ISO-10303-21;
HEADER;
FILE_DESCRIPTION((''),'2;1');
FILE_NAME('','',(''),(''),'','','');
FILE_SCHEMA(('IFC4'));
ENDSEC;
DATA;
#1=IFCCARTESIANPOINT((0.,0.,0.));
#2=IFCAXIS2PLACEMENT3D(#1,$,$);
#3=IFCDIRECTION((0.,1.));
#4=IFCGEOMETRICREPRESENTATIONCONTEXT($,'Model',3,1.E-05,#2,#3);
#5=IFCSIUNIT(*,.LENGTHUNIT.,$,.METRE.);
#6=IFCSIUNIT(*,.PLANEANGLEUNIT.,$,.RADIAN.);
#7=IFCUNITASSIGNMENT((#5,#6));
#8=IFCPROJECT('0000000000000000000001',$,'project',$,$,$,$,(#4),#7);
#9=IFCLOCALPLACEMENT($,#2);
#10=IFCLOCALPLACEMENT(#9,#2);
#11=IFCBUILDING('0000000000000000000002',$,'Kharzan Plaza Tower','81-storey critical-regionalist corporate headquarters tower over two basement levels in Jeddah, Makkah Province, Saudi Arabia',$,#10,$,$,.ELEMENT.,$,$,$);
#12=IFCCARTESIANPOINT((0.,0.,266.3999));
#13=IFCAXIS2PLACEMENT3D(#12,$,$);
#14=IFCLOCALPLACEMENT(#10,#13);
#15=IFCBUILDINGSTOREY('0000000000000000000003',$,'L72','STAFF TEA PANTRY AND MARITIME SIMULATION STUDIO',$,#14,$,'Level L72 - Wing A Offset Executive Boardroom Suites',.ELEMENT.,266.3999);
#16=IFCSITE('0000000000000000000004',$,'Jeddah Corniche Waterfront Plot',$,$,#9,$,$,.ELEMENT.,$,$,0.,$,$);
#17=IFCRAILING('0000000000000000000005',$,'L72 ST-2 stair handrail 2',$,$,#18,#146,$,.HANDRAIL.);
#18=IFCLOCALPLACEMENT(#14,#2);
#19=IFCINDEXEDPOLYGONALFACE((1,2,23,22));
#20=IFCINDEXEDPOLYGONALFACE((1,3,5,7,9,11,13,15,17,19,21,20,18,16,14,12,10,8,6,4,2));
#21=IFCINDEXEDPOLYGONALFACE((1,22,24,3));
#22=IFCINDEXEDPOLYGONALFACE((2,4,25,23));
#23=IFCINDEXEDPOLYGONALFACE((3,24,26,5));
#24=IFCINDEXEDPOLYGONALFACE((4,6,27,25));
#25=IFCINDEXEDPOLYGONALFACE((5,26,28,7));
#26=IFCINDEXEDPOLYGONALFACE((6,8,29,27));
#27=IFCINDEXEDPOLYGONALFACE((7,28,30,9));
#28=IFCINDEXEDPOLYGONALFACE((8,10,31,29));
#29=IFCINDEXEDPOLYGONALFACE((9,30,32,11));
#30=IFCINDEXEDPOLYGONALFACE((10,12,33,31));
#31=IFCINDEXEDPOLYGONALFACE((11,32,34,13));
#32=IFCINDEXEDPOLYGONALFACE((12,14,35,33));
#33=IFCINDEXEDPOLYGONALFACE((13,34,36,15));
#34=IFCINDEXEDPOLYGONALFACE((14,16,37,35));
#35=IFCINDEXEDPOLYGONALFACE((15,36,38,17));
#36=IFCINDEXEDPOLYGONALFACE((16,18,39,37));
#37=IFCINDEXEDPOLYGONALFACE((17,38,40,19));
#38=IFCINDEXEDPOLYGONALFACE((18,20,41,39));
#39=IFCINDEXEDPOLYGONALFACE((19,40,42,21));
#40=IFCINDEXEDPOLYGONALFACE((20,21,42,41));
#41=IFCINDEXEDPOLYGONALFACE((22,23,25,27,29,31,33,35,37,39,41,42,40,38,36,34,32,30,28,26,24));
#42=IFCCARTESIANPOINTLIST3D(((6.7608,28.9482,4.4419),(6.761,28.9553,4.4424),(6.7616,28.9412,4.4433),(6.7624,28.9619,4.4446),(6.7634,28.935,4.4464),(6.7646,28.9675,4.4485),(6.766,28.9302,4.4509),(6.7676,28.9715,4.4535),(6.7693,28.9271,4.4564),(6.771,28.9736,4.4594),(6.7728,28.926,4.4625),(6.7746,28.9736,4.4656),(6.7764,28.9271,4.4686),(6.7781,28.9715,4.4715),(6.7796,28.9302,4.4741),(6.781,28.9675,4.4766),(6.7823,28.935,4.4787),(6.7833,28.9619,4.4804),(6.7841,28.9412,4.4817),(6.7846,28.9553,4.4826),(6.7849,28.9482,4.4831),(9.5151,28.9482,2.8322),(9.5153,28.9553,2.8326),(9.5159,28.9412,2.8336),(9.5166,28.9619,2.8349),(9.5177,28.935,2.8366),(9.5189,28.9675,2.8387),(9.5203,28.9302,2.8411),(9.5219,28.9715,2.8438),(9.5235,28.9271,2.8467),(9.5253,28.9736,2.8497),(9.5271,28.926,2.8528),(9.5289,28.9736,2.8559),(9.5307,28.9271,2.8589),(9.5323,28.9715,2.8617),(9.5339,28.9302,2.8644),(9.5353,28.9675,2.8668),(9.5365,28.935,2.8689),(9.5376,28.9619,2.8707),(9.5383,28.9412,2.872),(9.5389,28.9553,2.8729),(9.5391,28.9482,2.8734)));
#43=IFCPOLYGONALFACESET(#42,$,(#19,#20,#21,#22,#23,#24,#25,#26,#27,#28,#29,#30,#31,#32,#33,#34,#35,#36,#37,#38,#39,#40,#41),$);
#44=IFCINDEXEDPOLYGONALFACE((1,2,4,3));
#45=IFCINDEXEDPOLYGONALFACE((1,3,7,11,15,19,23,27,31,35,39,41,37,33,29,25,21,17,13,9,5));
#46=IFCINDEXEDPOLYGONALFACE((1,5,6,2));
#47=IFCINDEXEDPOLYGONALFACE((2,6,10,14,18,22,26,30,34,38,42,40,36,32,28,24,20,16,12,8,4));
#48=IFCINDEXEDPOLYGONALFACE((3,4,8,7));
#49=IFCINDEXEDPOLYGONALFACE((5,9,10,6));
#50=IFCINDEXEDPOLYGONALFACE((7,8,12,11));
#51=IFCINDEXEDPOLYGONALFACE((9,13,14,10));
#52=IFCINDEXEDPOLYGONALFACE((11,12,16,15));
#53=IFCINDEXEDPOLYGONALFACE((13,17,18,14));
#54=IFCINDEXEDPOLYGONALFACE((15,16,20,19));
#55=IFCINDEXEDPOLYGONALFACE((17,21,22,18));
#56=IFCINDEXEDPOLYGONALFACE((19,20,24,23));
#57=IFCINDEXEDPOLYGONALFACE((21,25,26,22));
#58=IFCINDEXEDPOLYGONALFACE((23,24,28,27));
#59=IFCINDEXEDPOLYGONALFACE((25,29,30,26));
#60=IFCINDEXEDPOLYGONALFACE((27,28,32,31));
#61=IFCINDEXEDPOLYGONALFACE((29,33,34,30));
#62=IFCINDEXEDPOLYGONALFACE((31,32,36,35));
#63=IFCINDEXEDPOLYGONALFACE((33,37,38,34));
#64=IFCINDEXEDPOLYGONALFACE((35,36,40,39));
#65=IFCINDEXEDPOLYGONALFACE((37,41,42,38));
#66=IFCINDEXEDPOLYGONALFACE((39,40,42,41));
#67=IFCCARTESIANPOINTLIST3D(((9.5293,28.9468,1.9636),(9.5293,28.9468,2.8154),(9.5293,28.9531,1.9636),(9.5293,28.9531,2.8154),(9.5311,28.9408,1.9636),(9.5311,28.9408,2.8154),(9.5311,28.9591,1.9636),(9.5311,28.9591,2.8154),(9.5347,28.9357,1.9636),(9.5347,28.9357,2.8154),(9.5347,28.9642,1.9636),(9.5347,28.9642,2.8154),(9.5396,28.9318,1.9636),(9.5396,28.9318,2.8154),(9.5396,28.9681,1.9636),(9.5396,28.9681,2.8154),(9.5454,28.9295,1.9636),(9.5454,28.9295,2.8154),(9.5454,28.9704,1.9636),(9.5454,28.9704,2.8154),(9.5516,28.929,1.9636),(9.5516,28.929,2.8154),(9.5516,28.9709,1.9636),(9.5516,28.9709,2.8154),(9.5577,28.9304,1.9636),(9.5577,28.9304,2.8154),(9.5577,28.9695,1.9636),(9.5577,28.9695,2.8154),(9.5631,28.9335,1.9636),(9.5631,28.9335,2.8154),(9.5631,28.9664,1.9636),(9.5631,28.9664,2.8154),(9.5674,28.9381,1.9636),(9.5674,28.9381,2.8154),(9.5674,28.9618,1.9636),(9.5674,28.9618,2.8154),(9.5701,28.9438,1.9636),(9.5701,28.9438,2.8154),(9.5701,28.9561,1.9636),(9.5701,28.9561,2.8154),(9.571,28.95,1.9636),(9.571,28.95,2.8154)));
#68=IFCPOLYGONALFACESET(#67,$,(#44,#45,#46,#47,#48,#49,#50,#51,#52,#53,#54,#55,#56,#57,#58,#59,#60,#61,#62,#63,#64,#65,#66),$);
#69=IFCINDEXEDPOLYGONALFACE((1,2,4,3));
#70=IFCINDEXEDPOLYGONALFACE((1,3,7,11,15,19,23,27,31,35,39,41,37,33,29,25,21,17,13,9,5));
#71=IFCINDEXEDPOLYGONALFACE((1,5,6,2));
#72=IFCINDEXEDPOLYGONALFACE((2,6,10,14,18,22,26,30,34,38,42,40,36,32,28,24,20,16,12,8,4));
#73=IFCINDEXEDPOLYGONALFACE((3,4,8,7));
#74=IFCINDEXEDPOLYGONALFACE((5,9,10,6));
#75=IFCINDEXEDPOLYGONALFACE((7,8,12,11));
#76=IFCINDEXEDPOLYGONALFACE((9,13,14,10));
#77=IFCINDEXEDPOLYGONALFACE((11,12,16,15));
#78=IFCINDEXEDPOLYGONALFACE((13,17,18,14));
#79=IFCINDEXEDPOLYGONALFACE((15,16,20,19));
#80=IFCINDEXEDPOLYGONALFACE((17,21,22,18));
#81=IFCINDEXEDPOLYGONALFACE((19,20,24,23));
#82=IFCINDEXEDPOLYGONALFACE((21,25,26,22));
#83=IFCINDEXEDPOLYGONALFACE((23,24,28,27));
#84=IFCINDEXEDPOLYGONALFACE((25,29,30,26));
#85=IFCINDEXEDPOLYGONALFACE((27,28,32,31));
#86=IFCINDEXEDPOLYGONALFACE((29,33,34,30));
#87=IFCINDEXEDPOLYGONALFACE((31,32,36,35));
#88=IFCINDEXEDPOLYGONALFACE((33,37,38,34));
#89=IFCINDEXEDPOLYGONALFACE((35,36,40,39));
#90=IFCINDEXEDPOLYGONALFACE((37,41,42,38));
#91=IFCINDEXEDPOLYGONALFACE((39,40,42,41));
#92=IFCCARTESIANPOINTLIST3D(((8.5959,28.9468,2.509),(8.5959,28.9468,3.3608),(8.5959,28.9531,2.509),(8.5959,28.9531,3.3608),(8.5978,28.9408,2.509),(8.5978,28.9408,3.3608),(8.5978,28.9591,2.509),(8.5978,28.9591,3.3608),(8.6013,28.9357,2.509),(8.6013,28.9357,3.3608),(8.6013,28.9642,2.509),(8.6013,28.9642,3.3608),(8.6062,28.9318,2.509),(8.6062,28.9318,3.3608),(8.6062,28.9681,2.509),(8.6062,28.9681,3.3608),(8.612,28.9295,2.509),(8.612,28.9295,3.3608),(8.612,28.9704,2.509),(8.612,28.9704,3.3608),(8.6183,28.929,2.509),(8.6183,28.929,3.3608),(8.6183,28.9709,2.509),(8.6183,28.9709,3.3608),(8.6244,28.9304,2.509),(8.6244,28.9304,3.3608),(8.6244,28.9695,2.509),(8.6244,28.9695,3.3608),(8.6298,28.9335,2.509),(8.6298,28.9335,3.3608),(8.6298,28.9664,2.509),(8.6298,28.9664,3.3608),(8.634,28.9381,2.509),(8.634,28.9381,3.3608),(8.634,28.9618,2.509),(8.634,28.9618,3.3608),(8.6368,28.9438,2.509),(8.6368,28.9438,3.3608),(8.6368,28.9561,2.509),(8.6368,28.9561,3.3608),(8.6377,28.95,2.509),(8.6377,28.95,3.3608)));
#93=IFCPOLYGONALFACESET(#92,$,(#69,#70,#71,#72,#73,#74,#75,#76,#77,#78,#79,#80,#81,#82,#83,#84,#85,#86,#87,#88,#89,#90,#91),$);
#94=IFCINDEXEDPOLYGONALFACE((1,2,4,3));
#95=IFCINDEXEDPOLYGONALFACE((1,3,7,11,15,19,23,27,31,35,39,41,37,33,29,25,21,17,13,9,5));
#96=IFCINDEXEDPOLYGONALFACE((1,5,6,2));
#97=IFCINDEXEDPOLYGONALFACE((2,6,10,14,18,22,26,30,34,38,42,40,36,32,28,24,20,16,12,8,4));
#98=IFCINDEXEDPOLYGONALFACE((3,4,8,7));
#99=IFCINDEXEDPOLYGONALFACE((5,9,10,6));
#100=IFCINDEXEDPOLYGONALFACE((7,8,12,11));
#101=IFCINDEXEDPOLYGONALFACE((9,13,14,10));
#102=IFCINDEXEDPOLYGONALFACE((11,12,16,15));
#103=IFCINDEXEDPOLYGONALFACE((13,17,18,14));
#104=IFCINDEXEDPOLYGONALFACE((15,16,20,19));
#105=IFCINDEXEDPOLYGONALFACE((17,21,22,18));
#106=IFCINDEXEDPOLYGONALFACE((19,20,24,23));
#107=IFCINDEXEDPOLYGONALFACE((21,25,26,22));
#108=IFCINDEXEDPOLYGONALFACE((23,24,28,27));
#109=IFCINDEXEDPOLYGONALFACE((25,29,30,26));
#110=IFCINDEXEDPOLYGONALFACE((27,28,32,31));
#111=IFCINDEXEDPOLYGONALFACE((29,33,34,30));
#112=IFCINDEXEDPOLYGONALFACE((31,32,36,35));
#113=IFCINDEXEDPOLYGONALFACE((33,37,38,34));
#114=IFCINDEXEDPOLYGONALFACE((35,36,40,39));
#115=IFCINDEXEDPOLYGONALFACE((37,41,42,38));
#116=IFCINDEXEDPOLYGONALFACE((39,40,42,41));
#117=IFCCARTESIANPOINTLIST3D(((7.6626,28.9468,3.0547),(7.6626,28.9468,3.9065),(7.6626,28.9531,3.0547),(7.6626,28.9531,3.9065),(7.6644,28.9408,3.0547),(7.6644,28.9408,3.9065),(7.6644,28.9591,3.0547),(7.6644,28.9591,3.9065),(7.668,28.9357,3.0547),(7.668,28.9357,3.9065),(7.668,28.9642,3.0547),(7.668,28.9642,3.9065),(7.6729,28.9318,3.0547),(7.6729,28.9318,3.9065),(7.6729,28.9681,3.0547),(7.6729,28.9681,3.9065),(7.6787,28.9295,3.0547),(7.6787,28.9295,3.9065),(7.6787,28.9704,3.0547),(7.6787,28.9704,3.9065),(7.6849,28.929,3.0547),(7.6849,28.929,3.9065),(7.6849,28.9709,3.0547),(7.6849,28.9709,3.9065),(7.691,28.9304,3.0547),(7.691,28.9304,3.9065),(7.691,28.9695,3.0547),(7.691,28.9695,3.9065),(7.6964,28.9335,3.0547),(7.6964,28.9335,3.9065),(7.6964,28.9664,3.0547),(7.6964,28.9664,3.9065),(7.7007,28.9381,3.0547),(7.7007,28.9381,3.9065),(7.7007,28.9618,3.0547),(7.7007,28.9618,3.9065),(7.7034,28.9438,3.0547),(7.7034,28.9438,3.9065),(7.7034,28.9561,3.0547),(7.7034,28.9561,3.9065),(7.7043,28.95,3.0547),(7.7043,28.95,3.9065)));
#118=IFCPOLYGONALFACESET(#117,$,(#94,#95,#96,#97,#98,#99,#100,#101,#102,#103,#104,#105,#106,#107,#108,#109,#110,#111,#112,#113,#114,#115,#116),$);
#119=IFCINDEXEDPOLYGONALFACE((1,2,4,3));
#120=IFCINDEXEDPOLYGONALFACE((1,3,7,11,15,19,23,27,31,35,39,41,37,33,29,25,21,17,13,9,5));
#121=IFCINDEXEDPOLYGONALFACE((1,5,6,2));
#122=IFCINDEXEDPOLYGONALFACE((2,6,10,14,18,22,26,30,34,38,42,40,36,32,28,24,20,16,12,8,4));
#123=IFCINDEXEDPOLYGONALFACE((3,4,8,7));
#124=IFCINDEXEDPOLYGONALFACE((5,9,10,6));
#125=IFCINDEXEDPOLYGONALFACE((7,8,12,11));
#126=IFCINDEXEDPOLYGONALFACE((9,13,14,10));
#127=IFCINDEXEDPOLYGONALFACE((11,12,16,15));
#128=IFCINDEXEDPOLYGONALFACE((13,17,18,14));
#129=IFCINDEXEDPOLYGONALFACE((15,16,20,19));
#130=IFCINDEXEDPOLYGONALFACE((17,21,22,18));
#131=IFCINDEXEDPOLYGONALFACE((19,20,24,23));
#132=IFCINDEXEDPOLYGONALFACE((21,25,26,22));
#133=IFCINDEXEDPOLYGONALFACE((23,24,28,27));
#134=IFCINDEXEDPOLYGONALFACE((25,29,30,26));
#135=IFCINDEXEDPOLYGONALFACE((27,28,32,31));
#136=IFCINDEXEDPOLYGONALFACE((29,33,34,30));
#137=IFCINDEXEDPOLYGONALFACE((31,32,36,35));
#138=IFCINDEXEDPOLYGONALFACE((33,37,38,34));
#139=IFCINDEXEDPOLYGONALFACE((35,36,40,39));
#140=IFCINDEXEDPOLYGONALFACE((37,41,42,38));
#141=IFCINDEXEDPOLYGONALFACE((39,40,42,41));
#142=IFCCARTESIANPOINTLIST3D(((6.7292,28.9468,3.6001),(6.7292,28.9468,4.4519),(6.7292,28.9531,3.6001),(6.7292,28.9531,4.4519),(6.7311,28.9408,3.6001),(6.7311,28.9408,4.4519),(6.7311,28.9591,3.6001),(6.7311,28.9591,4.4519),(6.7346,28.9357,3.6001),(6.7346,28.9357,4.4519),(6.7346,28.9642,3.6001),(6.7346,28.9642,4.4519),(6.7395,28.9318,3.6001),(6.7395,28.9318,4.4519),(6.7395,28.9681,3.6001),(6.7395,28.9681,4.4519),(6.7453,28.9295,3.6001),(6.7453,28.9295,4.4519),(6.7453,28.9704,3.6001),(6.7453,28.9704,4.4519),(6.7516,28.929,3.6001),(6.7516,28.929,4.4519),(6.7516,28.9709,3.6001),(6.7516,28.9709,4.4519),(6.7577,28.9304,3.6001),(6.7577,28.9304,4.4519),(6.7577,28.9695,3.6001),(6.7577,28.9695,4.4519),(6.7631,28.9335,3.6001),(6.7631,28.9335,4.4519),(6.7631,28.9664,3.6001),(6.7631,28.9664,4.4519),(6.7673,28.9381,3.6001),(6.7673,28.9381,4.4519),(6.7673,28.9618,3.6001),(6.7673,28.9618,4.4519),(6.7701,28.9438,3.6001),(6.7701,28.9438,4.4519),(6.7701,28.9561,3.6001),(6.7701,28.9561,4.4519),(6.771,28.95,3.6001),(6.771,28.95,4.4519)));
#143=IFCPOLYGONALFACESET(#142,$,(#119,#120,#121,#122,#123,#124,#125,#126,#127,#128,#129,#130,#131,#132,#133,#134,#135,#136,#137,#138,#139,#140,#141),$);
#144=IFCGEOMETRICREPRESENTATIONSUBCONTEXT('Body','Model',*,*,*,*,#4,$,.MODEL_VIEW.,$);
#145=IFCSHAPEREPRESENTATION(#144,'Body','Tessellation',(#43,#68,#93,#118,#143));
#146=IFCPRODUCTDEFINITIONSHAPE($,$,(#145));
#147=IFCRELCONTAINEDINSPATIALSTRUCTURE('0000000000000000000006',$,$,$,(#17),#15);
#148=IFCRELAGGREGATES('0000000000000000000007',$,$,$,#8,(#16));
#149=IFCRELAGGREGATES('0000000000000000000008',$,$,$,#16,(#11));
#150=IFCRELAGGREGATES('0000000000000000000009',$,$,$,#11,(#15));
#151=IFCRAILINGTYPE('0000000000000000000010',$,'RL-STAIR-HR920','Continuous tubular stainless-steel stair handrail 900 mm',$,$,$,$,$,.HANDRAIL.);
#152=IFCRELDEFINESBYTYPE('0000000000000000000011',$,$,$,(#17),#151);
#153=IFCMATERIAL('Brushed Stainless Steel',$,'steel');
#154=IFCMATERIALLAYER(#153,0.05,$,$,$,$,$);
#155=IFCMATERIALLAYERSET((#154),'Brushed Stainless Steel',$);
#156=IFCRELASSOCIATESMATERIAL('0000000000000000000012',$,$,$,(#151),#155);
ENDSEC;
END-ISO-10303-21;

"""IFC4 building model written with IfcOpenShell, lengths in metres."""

from ifc_helpers import new_model, si_unit, direction, frame, origin, origin_2d, place, context, subcontext, project, spatial, circle, extrude, source, transform, mapped, material, layer, layer_set, type_object, element, save


model = new_model("IFC4")

# Units and contexts
model_context = context("Model", 3, precision=1e-05, world=origin(), true_north=direction((0.0, 1.0)))
body_context = subcontext(model_context, "Body", "Model", "MODEL_VIEW")
ifc_project = project(units=[si_unit("LENGTHUNIT", "METRE"), si_unit("PLANEANGLEUNIT", "RADIAN")], contexts=[model_context])

# Site, building, storey
site_placement = place(None, origin())
site = spatial("IfcSite", under=ifc_project, at=site_placement, Name="Jeddah Corniche Waterfront Plot", CompositionType="ELEMENT", RefElevation=0.0)
building_placement = place(site_placement, origin())
building = spatial("IfcBuilding", under=site, at=building_placement, Name="Kharzan Plaza Tower", Description="81-storey critical-regionalist corporate headquarters tower over two basement levels in Jeddah, Makkah Province, Saudi Arabia", CompositionType="ELEMENT")
storey_placement = place(building_placement, frame((0.0, 0.0, 266.3999)))
storey = spatial("IfcBuildingStorey", under=building, at=storey_placement, Name="L72", Description="STAFF TEA PANTRY AND MARITIME SIMULATION STUDIO", LongName="Level L72 - Wing A Offset Executive Boardroom Suites", CompositionType="ELEMENT", Elevation=266.3999)

# Railing
ifc_material_1 = material(Name="Brushed Stainless Steel", Category="steel")
ifc_layer_1 = layer(ifc_material_1, 0.05)
ifc_layer_set_1 = layer_set([ifc_layer_1], Name="Brushed Stainless Steel")
railing_type_1 = type_object("IfcRailingType", Name="RL-STAIR-HR920", Description="Continuous tubular stainless-steel stair handrail 900 mm", PredefinedType="HANDRAIL", material=ifc_layer_set_1)
shared_shape_1 = source(origin(), body_context, "Body", "SweptSolid", [
    extrude(circle(Radius=0.0239, at=origin_2d()), frame((-0.0229, 0.0, 0.8892), z_axis=(-0.863361, 0.0, 0.504587), x_axis=(0.0, -1.0, 0.0)), (0.0, 0.0, 1.0), 3.1902),
    extrude(circle(Radius=0.021, at=origin_2d()), origin(), (0.0, 0.0, 1.0), 0.8518),
    extrude(circle(Radius=0.021, at=origin_2d()), frame((-0.9333, 0.0, 0.5454)), (0.0, 0.0, 1.0), 0.8518),
    extrude(circle(Radius=0.021, at=origin_2d()), frame((-1.8667, 0.0, 1.0911)), (0.0, 0.0, 1.0), 0.8518),
    extrude(circle(Radius=0.021, at=origin_2d()), frame((-2.8, 0.0, 1.6365)), (0.0, 0.0, 1.0), 0.8518),
])
railing_1_placement = place(storey_placement, frame((9.55, 28.95, 1.9636)))
element("IfcRailing", 1, at=railing_1_placement, inside=storey, type_object=railing_type_1, Name="L72 ST-2 stair handrail 2", PredefinedType="HANDRAIL", context=body_context, shape_type="MappedRepresentation", body=[
    mapped(shared_shape_1, transform((0.0, 0.0, 0.0), x_axis=(1.0, 0.0, 0.0), y_axis=(0.0, 1.0, 0.0), z_axis=(0.0, 0.0, 1.0))),
])

save(model, "model.ifc")
